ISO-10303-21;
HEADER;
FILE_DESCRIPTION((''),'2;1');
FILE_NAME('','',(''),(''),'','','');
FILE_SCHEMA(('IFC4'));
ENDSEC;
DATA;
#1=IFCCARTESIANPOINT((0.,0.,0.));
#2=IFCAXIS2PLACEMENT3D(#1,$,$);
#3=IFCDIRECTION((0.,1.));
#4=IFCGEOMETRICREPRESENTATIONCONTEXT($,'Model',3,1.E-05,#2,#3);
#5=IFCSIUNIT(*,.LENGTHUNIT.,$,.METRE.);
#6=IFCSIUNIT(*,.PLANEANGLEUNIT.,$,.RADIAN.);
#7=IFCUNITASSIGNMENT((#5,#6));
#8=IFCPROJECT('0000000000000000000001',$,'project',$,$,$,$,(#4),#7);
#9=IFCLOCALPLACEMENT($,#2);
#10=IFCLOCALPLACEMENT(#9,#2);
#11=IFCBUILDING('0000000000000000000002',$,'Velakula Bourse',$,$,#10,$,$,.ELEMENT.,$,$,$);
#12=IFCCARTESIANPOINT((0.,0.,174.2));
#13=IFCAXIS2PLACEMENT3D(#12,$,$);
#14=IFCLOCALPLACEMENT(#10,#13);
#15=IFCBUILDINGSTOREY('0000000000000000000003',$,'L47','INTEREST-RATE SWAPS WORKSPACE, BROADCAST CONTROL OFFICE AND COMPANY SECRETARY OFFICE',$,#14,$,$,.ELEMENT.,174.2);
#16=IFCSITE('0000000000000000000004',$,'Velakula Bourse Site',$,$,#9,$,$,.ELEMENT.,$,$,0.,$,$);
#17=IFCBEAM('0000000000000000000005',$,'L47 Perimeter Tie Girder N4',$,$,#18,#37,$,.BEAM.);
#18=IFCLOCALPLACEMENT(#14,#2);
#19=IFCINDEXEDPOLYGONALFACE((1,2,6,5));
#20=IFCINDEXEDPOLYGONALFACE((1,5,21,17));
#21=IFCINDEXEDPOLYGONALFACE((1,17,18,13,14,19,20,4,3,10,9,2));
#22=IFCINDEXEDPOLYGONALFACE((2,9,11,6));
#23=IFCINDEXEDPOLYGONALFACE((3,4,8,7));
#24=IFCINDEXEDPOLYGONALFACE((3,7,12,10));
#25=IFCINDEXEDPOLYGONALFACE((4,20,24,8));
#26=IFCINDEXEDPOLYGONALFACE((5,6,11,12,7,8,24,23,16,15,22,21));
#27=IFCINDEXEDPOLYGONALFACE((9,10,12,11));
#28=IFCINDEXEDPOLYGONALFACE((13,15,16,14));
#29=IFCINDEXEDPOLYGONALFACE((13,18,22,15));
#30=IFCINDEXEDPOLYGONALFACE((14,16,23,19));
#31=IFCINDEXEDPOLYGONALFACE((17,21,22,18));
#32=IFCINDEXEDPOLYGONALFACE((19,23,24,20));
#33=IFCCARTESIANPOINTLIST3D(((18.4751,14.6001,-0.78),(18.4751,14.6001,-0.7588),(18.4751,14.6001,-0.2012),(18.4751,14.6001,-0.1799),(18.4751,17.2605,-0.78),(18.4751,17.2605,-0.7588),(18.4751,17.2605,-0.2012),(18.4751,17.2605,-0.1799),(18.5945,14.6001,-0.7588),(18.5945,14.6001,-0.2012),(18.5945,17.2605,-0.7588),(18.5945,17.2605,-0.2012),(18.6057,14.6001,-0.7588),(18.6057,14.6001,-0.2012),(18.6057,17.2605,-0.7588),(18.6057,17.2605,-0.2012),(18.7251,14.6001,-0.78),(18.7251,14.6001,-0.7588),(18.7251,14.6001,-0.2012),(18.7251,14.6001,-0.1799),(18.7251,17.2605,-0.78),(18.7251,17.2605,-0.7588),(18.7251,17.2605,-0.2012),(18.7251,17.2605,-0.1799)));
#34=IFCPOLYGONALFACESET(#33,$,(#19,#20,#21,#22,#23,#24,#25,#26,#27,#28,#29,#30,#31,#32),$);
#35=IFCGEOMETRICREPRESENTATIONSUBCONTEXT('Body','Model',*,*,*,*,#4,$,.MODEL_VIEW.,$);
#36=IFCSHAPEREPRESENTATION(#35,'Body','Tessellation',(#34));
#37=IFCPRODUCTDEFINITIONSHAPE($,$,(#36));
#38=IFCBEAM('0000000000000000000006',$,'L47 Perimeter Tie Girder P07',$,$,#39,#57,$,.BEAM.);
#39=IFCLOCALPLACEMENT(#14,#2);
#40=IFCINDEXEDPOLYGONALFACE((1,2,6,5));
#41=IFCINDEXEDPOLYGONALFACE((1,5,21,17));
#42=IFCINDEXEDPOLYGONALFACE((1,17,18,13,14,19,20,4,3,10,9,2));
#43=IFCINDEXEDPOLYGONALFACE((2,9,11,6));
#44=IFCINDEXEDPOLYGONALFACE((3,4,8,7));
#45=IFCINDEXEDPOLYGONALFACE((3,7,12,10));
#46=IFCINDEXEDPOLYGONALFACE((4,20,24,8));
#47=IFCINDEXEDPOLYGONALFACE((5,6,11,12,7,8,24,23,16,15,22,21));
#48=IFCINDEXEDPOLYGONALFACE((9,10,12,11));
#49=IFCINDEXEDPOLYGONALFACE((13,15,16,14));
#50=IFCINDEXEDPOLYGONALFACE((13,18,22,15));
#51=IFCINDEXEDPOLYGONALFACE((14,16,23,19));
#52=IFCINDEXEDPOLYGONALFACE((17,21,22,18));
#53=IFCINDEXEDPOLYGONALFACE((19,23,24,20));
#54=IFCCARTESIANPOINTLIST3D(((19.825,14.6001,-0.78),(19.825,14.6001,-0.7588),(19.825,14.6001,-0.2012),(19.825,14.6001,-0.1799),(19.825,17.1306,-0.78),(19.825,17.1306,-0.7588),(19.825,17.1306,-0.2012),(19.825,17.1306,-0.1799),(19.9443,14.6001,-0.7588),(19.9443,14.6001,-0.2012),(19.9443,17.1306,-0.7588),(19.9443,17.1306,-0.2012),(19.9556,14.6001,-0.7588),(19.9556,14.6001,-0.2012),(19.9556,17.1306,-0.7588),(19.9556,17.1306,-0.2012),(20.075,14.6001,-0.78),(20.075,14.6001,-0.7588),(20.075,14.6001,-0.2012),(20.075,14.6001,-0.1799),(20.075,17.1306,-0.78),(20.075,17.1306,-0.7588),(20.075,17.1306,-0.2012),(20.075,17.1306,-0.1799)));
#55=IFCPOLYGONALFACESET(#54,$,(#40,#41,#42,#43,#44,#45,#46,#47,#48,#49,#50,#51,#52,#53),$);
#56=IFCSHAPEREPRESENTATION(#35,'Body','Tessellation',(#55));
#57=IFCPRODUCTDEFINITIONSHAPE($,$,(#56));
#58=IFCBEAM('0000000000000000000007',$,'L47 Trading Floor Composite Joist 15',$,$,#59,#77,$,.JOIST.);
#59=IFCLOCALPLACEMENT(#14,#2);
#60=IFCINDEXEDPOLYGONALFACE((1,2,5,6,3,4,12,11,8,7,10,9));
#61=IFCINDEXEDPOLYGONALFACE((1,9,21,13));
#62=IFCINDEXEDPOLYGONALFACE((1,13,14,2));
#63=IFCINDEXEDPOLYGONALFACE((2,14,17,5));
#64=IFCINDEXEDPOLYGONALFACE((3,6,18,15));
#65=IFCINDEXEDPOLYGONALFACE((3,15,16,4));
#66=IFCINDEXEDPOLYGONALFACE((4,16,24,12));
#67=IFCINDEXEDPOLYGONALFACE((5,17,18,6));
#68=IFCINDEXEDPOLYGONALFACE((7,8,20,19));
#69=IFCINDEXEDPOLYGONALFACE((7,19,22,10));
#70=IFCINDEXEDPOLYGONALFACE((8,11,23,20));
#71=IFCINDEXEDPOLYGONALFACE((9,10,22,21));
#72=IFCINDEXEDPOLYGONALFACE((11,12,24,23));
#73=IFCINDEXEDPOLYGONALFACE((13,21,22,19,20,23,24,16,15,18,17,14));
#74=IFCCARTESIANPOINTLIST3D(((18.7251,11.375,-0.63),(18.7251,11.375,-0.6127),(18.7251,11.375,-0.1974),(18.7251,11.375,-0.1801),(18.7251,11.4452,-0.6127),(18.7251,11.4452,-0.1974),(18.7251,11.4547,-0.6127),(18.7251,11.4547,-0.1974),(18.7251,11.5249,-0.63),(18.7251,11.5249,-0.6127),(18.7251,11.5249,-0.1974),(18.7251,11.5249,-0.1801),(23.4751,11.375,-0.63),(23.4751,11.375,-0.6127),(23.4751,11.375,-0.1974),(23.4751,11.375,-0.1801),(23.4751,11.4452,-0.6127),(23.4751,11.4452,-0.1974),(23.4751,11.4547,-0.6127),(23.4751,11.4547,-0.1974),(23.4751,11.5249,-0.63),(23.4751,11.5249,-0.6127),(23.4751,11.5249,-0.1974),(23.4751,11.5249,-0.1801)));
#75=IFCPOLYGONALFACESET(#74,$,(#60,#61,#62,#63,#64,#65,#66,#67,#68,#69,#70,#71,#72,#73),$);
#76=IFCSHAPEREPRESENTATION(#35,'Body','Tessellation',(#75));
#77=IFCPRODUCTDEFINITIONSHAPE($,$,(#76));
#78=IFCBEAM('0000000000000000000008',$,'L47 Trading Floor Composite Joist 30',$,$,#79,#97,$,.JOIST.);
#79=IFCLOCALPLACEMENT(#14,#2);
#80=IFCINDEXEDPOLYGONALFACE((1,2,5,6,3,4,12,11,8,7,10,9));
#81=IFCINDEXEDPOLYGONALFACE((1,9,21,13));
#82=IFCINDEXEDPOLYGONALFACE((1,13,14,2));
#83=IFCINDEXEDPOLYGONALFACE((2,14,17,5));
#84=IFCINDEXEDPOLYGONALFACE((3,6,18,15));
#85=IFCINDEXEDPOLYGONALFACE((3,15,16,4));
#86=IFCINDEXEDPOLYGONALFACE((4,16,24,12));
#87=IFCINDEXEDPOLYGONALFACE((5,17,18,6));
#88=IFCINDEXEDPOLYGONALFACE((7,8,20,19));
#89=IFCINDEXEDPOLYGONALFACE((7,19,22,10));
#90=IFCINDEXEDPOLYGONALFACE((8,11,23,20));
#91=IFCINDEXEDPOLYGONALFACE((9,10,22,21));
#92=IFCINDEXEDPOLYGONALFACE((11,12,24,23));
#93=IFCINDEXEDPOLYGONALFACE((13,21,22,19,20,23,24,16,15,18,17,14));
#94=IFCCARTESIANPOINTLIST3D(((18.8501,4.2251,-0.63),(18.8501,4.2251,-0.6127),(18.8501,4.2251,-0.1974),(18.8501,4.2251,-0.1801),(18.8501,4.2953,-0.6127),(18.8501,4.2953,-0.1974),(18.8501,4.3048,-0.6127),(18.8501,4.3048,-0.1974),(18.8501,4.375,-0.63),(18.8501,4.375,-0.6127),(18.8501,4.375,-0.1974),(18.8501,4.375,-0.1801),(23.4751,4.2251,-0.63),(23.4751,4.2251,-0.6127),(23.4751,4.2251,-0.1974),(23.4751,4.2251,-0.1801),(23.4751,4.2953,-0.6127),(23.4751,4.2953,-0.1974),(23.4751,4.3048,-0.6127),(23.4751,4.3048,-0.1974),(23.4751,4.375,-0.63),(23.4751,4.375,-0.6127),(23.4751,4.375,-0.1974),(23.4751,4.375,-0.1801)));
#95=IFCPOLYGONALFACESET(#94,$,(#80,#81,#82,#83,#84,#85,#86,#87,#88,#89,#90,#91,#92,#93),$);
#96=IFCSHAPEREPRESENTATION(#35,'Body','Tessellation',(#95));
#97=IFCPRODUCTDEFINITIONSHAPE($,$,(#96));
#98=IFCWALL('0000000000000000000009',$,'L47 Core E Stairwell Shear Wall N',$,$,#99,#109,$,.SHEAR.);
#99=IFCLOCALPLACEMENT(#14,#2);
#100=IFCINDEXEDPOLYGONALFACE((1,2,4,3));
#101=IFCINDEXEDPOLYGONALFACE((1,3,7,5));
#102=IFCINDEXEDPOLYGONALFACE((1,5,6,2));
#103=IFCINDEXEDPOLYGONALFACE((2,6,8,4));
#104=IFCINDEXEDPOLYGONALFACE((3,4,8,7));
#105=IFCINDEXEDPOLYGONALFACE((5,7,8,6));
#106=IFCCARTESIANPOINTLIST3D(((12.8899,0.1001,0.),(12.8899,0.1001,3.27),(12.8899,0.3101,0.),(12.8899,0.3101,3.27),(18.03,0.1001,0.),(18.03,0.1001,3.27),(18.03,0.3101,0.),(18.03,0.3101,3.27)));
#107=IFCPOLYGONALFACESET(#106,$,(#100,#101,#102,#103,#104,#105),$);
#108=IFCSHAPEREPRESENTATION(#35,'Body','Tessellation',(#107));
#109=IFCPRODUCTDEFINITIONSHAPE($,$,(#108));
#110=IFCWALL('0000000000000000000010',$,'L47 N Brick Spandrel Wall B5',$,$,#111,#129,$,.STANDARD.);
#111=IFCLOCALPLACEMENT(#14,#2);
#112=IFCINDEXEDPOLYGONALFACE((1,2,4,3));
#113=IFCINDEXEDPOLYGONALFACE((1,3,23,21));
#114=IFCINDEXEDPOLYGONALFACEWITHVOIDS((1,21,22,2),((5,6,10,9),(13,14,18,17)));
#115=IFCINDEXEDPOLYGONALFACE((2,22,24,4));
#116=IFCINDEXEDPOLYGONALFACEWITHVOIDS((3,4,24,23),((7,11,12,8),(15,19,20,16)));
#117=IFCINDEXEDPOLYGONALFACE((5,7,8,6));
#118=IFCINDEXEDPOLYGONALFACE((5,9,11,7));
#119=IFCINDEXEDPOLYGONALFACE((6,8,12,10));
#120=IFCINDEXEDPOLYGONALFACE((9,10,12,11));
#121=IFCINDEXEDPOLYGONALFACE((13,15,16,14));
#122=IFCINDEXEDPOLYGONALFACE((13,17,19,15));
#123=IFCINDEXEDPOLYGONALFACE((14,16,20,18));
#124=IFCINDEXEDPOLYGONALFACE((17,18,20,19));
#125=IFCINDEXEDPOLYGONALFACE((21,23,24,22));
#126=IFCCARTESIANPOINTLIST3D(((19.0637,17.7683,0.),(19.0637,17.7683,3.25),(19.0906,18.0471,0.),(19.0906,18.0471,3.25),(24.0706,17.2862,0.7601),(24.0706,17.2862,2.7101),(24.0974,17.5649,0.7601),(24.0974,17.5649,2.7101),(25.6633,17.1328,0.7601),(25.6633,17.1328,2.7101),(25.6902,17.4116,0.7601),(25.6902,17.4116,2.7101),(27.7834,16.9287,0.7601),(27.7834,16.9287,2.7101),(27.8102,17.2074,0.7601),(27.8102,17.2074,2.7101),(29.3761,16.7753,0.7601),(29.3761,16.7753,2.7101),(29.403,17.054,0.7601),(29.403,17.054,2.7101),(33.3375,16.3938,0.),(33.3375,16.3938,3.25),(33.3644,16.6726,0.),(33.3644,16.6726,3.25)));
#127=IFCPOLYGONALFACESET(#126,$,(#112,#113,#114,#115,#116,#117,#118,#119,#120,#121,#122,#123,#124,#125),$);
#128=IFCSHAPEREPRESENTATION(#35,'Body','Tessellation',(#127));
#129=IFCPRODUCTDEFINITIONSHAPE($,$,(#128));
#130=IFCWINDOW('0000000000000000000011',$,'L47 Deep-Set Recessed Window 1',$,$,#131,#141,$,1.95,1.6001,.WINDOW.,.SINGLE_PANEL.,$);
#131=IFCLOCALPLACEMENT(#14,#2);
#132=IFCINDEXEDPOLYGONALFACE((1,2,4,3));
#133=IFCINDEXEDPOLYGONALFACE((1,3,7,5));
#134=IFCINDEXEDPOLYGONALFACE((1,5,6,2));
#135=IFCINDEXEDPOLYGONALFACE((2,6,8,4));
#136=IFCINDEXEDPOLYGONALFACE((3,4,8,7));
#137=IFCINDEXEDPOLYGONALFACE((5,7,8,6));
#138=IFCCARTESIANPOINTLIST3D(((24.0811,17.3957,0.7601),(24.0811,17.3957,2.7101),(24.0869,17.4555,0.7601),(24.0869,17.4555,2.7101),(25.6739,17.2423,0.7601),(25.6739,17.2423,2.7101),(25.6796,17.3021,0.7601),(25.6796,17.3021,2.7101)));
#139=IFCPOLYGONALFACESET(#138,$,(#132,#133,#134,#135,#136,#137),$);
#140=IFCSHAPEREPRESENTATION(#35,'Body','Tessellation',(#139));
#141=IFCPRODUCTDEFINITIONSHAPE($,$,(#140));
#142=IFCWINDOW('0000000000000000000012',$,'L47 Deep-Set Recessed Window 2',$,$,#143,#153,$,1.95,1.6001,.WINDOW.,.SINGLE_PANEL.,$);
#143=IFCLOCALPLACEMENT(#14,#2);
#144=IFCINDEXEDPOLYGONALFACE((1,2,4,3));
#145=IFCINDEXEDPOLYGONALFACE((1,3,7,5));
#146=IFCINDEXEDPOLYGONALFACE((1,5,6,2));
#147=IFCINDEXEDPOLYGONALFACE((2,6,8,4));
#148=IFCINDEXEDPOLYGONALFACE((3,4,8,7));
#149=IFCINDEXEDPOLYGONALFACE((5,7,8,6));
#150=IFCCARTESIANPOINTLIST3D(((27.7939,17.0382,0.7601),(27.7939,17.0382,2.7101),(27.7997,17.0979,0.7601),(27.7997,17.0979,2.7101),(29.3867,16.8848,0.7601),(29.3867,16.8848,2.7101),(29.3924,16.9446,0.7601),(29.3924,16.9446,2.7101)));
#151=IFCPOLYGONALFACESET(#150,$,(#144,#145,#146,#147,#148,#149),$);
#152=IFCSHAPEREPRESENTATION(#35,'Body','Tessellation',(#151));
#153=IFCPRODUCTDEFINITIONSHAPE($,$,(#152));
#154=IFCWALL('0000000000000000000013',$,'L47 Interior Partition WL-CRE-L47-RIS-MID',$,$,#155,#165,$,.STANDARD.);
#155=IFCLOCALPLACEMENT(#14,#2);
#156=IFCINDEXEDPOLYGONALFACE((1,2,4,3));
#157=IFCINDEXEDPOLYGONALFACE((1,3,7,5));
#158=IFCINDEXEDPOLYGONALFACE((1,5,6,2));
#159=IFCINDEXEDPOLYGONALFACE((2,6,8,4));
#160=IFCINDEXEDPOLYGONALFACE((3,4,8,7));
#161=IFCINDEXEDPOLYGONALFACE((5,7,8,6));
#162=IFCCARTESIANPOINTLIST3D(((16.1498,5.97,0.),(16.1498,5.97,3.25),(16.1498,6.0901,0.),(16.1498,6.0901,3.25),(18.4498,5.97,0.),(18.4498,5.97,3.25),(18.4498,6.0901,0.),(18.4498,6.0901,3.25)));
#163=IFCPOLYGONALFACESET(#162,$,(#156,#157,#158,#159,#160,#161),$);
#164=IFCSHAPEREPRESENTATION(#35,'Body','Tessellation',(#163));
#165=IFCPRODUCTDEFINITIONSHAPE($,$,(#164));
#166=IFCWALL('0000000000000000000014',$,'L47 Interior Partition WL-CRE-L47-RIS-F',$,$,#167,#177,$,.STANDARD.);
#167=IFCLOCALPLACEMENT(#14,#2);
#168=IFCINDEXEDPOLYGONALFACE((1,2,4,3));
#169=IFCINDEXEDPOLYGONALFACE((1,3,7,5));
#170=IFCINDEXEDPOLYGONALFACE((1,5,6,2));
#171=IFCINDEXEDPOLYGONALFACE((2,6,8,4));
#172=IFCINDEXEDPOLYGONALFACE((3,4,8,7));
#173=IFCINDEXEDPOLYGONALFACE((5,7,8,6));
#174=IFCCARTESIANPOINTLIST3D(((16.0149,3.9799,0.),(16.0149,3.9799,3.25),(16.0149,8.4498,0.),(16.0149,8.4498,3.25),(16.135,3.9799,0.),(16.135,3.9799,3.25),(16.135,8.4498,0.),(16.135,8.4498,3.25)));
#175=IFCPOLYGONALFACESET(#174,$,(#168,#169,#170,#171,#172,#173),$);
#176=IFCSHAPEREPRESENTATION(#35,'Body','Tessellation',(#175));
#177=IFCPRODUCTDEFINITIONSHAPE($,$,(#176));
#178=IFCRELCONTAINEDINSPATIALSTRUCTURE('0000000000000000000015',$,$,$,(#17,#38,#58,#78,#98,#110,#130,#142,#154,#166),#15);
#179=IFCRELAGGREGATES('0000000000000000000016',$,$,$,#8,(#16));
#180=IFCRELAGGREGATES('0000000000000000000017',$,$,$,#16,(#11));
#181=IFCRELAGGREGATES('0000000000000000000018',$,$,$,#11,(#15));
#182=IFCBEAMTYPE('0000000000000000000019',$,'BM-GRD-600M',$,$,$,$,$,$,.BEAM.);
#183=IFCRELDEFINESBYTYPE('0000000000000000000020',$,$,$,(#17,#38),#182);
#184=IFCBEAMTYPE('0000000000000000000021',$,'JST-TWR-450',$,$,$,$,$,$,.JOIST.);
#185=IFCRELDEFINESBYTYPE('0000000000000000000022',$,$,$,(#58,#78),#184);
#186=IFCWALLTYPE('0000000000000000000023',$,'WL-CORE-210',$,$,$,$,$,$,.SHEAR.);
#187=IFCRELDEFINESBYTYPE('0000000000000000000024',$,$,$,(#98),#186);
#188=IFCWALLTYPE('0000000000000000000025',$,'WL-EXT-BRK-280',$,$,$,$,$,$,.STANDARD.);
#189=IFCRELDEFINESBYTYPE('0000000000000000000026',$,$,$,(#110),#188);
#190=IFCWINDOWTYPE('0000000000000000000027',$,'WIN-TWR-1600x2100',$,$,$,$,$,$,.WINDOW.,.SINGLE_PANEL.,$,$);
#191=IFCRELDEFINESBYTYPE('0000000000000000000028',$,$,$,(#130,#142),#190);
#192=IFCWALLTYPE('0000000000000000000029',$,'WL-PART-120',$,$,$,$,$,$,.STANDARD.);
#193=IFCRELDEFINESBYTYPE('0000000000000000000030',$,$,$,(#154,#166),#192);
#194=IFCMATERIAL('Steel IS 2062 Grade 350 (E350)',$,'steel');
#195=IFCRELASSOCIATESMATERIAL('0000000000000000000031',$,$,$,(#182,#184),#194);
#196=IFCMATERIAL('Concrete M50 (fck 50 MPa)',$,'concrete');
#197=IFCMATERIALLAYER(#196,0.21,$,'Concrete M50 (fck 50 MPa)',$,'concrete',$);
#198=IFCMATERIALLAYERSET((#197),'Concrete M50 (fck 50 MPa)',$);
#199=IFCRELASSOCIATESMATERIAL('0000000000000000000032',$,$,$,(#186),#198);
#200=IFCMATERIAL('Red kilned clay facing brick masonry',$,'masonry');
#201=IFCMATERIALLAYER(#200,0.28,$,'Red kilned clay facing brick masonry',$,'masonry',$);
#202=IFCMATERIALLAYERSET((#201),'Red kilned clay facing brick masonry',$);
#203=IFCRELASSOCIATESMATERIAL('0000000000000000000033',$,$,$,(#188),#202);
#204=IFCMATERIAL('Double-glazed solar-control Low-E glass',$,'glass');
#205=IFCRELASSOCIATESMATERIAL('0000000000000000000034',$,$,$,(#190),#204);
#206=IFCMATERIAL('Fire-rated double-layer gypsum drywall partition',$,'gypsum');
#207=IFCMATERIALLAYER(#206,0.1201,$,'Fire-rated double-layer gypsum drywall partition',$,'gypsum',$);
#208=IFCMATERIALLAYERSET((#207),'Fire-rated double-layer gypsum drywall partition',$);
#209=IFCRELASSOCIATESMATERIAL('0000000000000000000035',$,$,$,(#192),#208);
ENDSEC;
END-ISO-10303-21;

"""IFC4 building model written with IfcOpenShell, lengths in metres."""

from ifc_helpers import new_model, si_unit, direction, frame, frame_2d, origin, origin_2d, place, context, subcontext, project, spatial, rectangle, i_section, extrude, material, layer, layer_set, material_profile, profile_set, type_object, element, fill, save


model = new_model("IFC4")

# Units and contexts
model_context = context("Model", 3, precision=1e-05, world=origin(), true_north=direction((0.0, 1.0)))
body_context = subcontext(model_context, "Body", "Model", "MODEL_VIEW")
ifc_project = project(units=[si_unit("LENGTHUNIT", "METRE"), si_unit("PLANEANGLEUNIT", "RADIAN")], contexts=[model_context])

# Site, building, storey
site_placement = place(None, origin())
site = spatial("IfcSite", under=ifc_project, at=site_placement, Name="Velakula Bourse Site", CompositionType="ELEMENT", RefElevation=0.0)
building_placement = place(site_placement, origin())
building = spatial("IfcBuilding", under=site, at=building_placement, Name="Velakula Bourse", CompositionType="ELEMENT")
storey_placement = place(building_placement, frame((0.0, 0.0, 174.2)))
storey = spatial("IfcBuildingStorey", under=building, at=storey_placement, Name="L47", Description="INTEREST-RATE SWAPS WORKSPACE, BROADCAST CONTROL OFFICE AND COMPANY SECRETARY OFFICE", CompositionType="ELEMENT", Elevation=174.2)

# Shared definitions
ifc_material_1 = material(Name="Steel IS 2062 Grade 350 (E350)", Category="steel")

# Beams
ifc_material_profile_1 = material_profile(ifc_material_1, i_section(OverallWidth=0.25, OverallDepth=0.6001, WebThickness=0.0112, FlangeThickness=0.0212, at=origin_2d()), Name="Steel IS 2062 Grade 350 (E350)")
ifc_profile_set_1 = profile_set([ifc_material_profile_1], Name="Steel IS 2062 Grade 350 (E350)")
beam_type_1 = type_object("IfcBeamType", Name="BM-GRD-600M", PredefinedType="BEAM", material=ifc_profile_set_1)
beam_1_placement = place(storey_placement, frame((18.6001, 14.6001, -0.48), z_axis=(0.0, 1.0, 0.0), x_axis=(-1.0, 0.0, 0.0)))
element("IfcBeam", 1, at=beam_1_placement, inside=storey, type_object=beam_type_1, Name="L47 Perimeter Tie Girder N4", PredefinedType="BEAM", context=body_context, shape_type="SweptSolid", body=[
    extrude(i_section(OverallWidth=0.25, OverallDepth=0.6001, WebThickness=0.0112, FlangeThickness=0.0212, at=origin_2d()), origin(), (0.0, 0.0, 1.0), 2.6604),
])
beam_2_placement = place(storey_placement, frame((19.95, 14.6001, -0.48), z_axis=(0.0, 1.0, 0.0), x_axis=(-1.0, 0.0, 0.0)))
element("IfcBeam", 2, at=beam_2_placement, inside=storey, type_object=beam_type_1, Name="L47 Perimeter Tie Girder P07", PredefinedType="BEAM", context=body_context, shape_type="SweptSolid", body=[
    extrude(i_section(OverallWidth=0.25, OverallDepth=0.6001, WebThickness=0.0112, FlangeThickness=0.0212, at=origin_2d()), origin(), (0.0, 0.0, 1.0), 2.5305),
])
ifc_material_profile_2 = material_profile(ifc_material_1, i_section(OverallWidth=0.1499, OverallDepth=0.45, WebThickness=0.0095, FlangeThickness=0.0173, at=origin_2d()), Name="Steel IS 2062 Grade 350 (E350)")
ifc_profile_set_2 = profile_set([ifc_material_profile_2], Name="Steel IS 2062 Grade 350 (E350)")
beam_type_2 = type_object("IfcBeamType", Name="JST-TWR-450", PredefinedType="JOIST", material=ifc_profile_set_2)
beam_3_placement = place(storey_placement, frame((18.7251, 11.45, -0.405), z_axis=(1.0, 0.0, 0.0), x_axis=(0.0, 1.0, 0.0)))
element("IfcBeam", 3, at=beam_3_placement, inside=storey, type_object=beam_type_2, Name="L47 Trading Floor Composite Joist 15", PredefinedType="JOIST", context=body_context, shape_type="SweptSolid", body=[
    extrude(i_section(OverallWidth=0.1499, OverallDepth=0.45, WebThickness=0.0095, FlangeThickness=0.0173, at=origin_2d()), origin(), (0.0, 0.0, 1.0), 4.75),
])
beam_4_placement = place(storey_placement, frame((18.8501, 4.3, -0.405), z_axis=(1.0, 0.0, 0.0), x_axis=(0.0, 1.0, 0.0)))
element("IfcBeam", 4, at=beam_4_placement, inside=storey, type_object=beam_type_2, Name="L47 Trading Floor Composite Joist 30", PredefinedType="JOIST", context=body_context, shape_type="SweptSolid", body=[
    extrude(i_section(OverallWidth=0.1499, OverallDepth=0.45, WebThickness=0.0095, FlangeThickness=0.0173, at=origin_2d()), origin(), (0.0, 0.0, 1.0), 4.625),
])

# Wall
ifc_material_2 = material(Name="Concrete M50 (fck 50 MPa)", Category="concrete")
ifc_layer_1 = layer(ifc_material_2, 0.21, Name="Concrete M50 (fck 50 MPa)", Category="concrete")
ifc_layer_set_1 = layer_set([ifc_layer_1], Name="Concrete M50 (fck 50 MPa)")
wall_type_1 = type_object("IfcWallType", Name="WL-CORE-210", PredefinedType="SHEAR", material=ifc_layer_set_1)
wall_1_placement = place(storey_placement, frame((18.03, 0.2051, 0.0), z_axis=(0.0, 0.0, 1.0), x_axis=(-1.0, 0.0, 0.0)))
element("IfcWall", 5, at=wall_1_placement, inside=storey, type_object=wall_type_1, Name="L47 Core E Stairwell Shear Wall N", PredefinedType="SHEAR", context=body_context, shape_type="SweptSolid", body=[
    extrude(rectangle(XDim=5.1401, YDim=0.21, at=frame_2d((2.5701, 0.0))), origin(), (0.0, 0.0, 1.0), 3.27),
])

# Wall, openings, windows
ifc_material_3 = material(Name="Red kilned clay facing brick masonry", Category="masonry")
ifc_layer_2 = layer(ifc_material_3, 0.28, Name="Red kilned clay facing brick masonry", Category="masonry")
ifc_layer_set_2 = layer_set([ifc_layer_2], Name="Red kilned clay facing brick masonry")
wall_type_2 = type_object("IfcWallType", Name="WL-EXT-BRK-280", PredefinedType="STANDARD", material=ifc_layer_set_2)
wall_2_placement = place(storey_placement, frame((19.0771, 17.9077, 0.0), z_axis=(0.0, 0.0, 1.0), x_axis=(0.995396, -0.095852, 0.0)))
wall_2 = element("IfcWall", 6, at=wall_2_placement, inside=storey, type_object=wall_type_2, Name="L47 N Brick Spandrel Wall B5", PredefinedType="STANDARD", context=body_context, shape_type="SweptSolid", body=[
    extrude(rectangle(XDim=14.3398, YDim=0.28, at=frame_2d((7.1699, 0.0))), origin(), (0.0, 0.0, 1.0), 3.25),
])
opening_1_placement = place(wall_2_placement, frame((5.03, 0.0, 0.76)))
opening_1 = element("IfcOpeningElement", 7, at=opening_1_placement, cuts=wall_2, PredefinedType="OPENING", context=body_context, shape_type="SweptSolid", body=[
    extrude(rectangle(XDim=1.6001, YDim=1.95, at=frame_2d((0.8, 0.9751))), frame((0.0, 0.1499, 0.0), z_axis=(0.0, -1.0, 0.0), x_axis=(1.0, 0.0, 0.0)), (0.0, 0.0, 1.0), 0.3),
])
opening_2_placement = place(wall_2_placement, frame((8.76, 0.0, 0.76)))
opening_2 = element("IfcOpeningElement", 8, at=opening_2_placement, cuts=wall_2, PredefinedType="OPENING", context=body_context, shape_type="SweptSolid", body=[
    extrude(rectangle(XDim=1.6001, YDim=1.95, at=frame_2d((0.8, 0.9751))), frame((0.0, 0.1499, 0.0), z_axis=(0.0, -1.0, 0.0), x_axis=(1.0, 0.0, 0.0)), (0.0, 0.0, 1.0), 0.3),
])
ifc_material_4 = material(Name="Double-glazed solar-control Low-E glass", Category="glass")
window_type = type_object("IfcWindowType", Name="WIN-TWR-1600x2100", PartitioningType="SINGLE_PANEL", PredefinedType="WINDOW", material=ifc_material_4)
window_1_placement = place(opening_1_placement, origin())
window_1 = element("IfcWindow", 9, at=window_1_placement, inside=storey, type_object=window_type, Name="L47 Deep-Set Recessed Window 1", OverallHeight=1.95, OverallWidth=1.6001, PartitioningType="SINGLE_PANEL", PredefinedType="WINDOW", context=body_context, shape_type="SweptSolid", body=[
    extrude(rectangle(XDim=1.6001, YDim=1.95, at=frame_2d((0.8, 0.9751))), frame((0.0, 0.03, 0.0), z_axis=(0.0, -1.0, 0.0), x_axis=(1.0, 0.0, 0.0)), (0.0, 0.0, 1.0), 0.0601),
])
fill(opening_1, window_1)
window_2_placement = place(opening_2_placement, origin())
window_2 = element("IfcWindow", 10, at=window_2_placement, inside=storey, type_object=window_type, Name="L47 Deep-Set Recessed Window 2", OverallHeight=1.95, OverallWidth=1.6001, PartitioningType="SINGLE_PANEL", PredefinedType="WINDOW", context=body_context, shape_type="SweptSolid", body=[
    extrude(rectangle(XDim=1.6001, YDim=1.95, at=frame_2d((0.8, 0.9751))), frame((0.0, 0.03, 0.0), z_axis=(0.0, -1.0, 0.0), x_axis=(1.0, 0.0, 0.0)), (0.0, 0.0, 1.0), 0.0601),
])
fill(opening_2, window_2)

# Walls
ifc_material_5 = material(Name="Fire-rated double-layer gypsum drywall partition", Category="gypsum")
ifc_layer_3 = layer(ifc_material_5, 0.1201, Name="Fire-rated double-layer gypsum drywall partition", Category="gypsum")
ifc_layer_set_3 = layer_set([ifc_layer_3], Name="Fire-rated double-layer gypsum drywall partition")
wall_type_3 = type_object("IfcWallType", Name="WL-PART-120", PredefinedType="STANDARD", material=ifc_layer_set_3)
wall_3_placement = place(storey_placement, frame((16.1499, 6.03, 0.0), z_axis=(0.0, 0.0, 1.0), x_axis=(1.0, 0.0, 0.0)))
element("IfcWall", 11, at=wall_3_placement, inside=storey, type_object=wall_type_3, Name="L47 Interior Partition WL-CRE-L47-RIS-MID", PredefinedType="STANDARD", context=body_context, shape_type="SweptSolid", body=[
    extrude(rectangle(XDim=2.3, YDim=0.1201, at=frame_2d((1.1499, 0.0))), origin(), (0.0, 0.0, 1.0), 3.25),
])
wall_4_placement = place(storey_placement, frame((16.075, 3.98, 0.0), z_axis=(0.0, 0.0, 1.0), x_axis=(0.0, 1.0, 0.0)))
element("IfcWall", 12, at=wall_4_placement, inside=storey, type_object=wall_type_3, Name="L47 Interior Partition WL-CRE-L47-RIS-F", PredefinedType="STANDARD", context=body_context, shape_type="SweptSolid", body=[
    extrude(rectangle(XDim=4.47, YDim=0.1201, at=frame_2d((2.2349, 0.0))), origin(), (0.0, 0.0, 1.0), 3.25),
])

save(model, "model.ifc")
